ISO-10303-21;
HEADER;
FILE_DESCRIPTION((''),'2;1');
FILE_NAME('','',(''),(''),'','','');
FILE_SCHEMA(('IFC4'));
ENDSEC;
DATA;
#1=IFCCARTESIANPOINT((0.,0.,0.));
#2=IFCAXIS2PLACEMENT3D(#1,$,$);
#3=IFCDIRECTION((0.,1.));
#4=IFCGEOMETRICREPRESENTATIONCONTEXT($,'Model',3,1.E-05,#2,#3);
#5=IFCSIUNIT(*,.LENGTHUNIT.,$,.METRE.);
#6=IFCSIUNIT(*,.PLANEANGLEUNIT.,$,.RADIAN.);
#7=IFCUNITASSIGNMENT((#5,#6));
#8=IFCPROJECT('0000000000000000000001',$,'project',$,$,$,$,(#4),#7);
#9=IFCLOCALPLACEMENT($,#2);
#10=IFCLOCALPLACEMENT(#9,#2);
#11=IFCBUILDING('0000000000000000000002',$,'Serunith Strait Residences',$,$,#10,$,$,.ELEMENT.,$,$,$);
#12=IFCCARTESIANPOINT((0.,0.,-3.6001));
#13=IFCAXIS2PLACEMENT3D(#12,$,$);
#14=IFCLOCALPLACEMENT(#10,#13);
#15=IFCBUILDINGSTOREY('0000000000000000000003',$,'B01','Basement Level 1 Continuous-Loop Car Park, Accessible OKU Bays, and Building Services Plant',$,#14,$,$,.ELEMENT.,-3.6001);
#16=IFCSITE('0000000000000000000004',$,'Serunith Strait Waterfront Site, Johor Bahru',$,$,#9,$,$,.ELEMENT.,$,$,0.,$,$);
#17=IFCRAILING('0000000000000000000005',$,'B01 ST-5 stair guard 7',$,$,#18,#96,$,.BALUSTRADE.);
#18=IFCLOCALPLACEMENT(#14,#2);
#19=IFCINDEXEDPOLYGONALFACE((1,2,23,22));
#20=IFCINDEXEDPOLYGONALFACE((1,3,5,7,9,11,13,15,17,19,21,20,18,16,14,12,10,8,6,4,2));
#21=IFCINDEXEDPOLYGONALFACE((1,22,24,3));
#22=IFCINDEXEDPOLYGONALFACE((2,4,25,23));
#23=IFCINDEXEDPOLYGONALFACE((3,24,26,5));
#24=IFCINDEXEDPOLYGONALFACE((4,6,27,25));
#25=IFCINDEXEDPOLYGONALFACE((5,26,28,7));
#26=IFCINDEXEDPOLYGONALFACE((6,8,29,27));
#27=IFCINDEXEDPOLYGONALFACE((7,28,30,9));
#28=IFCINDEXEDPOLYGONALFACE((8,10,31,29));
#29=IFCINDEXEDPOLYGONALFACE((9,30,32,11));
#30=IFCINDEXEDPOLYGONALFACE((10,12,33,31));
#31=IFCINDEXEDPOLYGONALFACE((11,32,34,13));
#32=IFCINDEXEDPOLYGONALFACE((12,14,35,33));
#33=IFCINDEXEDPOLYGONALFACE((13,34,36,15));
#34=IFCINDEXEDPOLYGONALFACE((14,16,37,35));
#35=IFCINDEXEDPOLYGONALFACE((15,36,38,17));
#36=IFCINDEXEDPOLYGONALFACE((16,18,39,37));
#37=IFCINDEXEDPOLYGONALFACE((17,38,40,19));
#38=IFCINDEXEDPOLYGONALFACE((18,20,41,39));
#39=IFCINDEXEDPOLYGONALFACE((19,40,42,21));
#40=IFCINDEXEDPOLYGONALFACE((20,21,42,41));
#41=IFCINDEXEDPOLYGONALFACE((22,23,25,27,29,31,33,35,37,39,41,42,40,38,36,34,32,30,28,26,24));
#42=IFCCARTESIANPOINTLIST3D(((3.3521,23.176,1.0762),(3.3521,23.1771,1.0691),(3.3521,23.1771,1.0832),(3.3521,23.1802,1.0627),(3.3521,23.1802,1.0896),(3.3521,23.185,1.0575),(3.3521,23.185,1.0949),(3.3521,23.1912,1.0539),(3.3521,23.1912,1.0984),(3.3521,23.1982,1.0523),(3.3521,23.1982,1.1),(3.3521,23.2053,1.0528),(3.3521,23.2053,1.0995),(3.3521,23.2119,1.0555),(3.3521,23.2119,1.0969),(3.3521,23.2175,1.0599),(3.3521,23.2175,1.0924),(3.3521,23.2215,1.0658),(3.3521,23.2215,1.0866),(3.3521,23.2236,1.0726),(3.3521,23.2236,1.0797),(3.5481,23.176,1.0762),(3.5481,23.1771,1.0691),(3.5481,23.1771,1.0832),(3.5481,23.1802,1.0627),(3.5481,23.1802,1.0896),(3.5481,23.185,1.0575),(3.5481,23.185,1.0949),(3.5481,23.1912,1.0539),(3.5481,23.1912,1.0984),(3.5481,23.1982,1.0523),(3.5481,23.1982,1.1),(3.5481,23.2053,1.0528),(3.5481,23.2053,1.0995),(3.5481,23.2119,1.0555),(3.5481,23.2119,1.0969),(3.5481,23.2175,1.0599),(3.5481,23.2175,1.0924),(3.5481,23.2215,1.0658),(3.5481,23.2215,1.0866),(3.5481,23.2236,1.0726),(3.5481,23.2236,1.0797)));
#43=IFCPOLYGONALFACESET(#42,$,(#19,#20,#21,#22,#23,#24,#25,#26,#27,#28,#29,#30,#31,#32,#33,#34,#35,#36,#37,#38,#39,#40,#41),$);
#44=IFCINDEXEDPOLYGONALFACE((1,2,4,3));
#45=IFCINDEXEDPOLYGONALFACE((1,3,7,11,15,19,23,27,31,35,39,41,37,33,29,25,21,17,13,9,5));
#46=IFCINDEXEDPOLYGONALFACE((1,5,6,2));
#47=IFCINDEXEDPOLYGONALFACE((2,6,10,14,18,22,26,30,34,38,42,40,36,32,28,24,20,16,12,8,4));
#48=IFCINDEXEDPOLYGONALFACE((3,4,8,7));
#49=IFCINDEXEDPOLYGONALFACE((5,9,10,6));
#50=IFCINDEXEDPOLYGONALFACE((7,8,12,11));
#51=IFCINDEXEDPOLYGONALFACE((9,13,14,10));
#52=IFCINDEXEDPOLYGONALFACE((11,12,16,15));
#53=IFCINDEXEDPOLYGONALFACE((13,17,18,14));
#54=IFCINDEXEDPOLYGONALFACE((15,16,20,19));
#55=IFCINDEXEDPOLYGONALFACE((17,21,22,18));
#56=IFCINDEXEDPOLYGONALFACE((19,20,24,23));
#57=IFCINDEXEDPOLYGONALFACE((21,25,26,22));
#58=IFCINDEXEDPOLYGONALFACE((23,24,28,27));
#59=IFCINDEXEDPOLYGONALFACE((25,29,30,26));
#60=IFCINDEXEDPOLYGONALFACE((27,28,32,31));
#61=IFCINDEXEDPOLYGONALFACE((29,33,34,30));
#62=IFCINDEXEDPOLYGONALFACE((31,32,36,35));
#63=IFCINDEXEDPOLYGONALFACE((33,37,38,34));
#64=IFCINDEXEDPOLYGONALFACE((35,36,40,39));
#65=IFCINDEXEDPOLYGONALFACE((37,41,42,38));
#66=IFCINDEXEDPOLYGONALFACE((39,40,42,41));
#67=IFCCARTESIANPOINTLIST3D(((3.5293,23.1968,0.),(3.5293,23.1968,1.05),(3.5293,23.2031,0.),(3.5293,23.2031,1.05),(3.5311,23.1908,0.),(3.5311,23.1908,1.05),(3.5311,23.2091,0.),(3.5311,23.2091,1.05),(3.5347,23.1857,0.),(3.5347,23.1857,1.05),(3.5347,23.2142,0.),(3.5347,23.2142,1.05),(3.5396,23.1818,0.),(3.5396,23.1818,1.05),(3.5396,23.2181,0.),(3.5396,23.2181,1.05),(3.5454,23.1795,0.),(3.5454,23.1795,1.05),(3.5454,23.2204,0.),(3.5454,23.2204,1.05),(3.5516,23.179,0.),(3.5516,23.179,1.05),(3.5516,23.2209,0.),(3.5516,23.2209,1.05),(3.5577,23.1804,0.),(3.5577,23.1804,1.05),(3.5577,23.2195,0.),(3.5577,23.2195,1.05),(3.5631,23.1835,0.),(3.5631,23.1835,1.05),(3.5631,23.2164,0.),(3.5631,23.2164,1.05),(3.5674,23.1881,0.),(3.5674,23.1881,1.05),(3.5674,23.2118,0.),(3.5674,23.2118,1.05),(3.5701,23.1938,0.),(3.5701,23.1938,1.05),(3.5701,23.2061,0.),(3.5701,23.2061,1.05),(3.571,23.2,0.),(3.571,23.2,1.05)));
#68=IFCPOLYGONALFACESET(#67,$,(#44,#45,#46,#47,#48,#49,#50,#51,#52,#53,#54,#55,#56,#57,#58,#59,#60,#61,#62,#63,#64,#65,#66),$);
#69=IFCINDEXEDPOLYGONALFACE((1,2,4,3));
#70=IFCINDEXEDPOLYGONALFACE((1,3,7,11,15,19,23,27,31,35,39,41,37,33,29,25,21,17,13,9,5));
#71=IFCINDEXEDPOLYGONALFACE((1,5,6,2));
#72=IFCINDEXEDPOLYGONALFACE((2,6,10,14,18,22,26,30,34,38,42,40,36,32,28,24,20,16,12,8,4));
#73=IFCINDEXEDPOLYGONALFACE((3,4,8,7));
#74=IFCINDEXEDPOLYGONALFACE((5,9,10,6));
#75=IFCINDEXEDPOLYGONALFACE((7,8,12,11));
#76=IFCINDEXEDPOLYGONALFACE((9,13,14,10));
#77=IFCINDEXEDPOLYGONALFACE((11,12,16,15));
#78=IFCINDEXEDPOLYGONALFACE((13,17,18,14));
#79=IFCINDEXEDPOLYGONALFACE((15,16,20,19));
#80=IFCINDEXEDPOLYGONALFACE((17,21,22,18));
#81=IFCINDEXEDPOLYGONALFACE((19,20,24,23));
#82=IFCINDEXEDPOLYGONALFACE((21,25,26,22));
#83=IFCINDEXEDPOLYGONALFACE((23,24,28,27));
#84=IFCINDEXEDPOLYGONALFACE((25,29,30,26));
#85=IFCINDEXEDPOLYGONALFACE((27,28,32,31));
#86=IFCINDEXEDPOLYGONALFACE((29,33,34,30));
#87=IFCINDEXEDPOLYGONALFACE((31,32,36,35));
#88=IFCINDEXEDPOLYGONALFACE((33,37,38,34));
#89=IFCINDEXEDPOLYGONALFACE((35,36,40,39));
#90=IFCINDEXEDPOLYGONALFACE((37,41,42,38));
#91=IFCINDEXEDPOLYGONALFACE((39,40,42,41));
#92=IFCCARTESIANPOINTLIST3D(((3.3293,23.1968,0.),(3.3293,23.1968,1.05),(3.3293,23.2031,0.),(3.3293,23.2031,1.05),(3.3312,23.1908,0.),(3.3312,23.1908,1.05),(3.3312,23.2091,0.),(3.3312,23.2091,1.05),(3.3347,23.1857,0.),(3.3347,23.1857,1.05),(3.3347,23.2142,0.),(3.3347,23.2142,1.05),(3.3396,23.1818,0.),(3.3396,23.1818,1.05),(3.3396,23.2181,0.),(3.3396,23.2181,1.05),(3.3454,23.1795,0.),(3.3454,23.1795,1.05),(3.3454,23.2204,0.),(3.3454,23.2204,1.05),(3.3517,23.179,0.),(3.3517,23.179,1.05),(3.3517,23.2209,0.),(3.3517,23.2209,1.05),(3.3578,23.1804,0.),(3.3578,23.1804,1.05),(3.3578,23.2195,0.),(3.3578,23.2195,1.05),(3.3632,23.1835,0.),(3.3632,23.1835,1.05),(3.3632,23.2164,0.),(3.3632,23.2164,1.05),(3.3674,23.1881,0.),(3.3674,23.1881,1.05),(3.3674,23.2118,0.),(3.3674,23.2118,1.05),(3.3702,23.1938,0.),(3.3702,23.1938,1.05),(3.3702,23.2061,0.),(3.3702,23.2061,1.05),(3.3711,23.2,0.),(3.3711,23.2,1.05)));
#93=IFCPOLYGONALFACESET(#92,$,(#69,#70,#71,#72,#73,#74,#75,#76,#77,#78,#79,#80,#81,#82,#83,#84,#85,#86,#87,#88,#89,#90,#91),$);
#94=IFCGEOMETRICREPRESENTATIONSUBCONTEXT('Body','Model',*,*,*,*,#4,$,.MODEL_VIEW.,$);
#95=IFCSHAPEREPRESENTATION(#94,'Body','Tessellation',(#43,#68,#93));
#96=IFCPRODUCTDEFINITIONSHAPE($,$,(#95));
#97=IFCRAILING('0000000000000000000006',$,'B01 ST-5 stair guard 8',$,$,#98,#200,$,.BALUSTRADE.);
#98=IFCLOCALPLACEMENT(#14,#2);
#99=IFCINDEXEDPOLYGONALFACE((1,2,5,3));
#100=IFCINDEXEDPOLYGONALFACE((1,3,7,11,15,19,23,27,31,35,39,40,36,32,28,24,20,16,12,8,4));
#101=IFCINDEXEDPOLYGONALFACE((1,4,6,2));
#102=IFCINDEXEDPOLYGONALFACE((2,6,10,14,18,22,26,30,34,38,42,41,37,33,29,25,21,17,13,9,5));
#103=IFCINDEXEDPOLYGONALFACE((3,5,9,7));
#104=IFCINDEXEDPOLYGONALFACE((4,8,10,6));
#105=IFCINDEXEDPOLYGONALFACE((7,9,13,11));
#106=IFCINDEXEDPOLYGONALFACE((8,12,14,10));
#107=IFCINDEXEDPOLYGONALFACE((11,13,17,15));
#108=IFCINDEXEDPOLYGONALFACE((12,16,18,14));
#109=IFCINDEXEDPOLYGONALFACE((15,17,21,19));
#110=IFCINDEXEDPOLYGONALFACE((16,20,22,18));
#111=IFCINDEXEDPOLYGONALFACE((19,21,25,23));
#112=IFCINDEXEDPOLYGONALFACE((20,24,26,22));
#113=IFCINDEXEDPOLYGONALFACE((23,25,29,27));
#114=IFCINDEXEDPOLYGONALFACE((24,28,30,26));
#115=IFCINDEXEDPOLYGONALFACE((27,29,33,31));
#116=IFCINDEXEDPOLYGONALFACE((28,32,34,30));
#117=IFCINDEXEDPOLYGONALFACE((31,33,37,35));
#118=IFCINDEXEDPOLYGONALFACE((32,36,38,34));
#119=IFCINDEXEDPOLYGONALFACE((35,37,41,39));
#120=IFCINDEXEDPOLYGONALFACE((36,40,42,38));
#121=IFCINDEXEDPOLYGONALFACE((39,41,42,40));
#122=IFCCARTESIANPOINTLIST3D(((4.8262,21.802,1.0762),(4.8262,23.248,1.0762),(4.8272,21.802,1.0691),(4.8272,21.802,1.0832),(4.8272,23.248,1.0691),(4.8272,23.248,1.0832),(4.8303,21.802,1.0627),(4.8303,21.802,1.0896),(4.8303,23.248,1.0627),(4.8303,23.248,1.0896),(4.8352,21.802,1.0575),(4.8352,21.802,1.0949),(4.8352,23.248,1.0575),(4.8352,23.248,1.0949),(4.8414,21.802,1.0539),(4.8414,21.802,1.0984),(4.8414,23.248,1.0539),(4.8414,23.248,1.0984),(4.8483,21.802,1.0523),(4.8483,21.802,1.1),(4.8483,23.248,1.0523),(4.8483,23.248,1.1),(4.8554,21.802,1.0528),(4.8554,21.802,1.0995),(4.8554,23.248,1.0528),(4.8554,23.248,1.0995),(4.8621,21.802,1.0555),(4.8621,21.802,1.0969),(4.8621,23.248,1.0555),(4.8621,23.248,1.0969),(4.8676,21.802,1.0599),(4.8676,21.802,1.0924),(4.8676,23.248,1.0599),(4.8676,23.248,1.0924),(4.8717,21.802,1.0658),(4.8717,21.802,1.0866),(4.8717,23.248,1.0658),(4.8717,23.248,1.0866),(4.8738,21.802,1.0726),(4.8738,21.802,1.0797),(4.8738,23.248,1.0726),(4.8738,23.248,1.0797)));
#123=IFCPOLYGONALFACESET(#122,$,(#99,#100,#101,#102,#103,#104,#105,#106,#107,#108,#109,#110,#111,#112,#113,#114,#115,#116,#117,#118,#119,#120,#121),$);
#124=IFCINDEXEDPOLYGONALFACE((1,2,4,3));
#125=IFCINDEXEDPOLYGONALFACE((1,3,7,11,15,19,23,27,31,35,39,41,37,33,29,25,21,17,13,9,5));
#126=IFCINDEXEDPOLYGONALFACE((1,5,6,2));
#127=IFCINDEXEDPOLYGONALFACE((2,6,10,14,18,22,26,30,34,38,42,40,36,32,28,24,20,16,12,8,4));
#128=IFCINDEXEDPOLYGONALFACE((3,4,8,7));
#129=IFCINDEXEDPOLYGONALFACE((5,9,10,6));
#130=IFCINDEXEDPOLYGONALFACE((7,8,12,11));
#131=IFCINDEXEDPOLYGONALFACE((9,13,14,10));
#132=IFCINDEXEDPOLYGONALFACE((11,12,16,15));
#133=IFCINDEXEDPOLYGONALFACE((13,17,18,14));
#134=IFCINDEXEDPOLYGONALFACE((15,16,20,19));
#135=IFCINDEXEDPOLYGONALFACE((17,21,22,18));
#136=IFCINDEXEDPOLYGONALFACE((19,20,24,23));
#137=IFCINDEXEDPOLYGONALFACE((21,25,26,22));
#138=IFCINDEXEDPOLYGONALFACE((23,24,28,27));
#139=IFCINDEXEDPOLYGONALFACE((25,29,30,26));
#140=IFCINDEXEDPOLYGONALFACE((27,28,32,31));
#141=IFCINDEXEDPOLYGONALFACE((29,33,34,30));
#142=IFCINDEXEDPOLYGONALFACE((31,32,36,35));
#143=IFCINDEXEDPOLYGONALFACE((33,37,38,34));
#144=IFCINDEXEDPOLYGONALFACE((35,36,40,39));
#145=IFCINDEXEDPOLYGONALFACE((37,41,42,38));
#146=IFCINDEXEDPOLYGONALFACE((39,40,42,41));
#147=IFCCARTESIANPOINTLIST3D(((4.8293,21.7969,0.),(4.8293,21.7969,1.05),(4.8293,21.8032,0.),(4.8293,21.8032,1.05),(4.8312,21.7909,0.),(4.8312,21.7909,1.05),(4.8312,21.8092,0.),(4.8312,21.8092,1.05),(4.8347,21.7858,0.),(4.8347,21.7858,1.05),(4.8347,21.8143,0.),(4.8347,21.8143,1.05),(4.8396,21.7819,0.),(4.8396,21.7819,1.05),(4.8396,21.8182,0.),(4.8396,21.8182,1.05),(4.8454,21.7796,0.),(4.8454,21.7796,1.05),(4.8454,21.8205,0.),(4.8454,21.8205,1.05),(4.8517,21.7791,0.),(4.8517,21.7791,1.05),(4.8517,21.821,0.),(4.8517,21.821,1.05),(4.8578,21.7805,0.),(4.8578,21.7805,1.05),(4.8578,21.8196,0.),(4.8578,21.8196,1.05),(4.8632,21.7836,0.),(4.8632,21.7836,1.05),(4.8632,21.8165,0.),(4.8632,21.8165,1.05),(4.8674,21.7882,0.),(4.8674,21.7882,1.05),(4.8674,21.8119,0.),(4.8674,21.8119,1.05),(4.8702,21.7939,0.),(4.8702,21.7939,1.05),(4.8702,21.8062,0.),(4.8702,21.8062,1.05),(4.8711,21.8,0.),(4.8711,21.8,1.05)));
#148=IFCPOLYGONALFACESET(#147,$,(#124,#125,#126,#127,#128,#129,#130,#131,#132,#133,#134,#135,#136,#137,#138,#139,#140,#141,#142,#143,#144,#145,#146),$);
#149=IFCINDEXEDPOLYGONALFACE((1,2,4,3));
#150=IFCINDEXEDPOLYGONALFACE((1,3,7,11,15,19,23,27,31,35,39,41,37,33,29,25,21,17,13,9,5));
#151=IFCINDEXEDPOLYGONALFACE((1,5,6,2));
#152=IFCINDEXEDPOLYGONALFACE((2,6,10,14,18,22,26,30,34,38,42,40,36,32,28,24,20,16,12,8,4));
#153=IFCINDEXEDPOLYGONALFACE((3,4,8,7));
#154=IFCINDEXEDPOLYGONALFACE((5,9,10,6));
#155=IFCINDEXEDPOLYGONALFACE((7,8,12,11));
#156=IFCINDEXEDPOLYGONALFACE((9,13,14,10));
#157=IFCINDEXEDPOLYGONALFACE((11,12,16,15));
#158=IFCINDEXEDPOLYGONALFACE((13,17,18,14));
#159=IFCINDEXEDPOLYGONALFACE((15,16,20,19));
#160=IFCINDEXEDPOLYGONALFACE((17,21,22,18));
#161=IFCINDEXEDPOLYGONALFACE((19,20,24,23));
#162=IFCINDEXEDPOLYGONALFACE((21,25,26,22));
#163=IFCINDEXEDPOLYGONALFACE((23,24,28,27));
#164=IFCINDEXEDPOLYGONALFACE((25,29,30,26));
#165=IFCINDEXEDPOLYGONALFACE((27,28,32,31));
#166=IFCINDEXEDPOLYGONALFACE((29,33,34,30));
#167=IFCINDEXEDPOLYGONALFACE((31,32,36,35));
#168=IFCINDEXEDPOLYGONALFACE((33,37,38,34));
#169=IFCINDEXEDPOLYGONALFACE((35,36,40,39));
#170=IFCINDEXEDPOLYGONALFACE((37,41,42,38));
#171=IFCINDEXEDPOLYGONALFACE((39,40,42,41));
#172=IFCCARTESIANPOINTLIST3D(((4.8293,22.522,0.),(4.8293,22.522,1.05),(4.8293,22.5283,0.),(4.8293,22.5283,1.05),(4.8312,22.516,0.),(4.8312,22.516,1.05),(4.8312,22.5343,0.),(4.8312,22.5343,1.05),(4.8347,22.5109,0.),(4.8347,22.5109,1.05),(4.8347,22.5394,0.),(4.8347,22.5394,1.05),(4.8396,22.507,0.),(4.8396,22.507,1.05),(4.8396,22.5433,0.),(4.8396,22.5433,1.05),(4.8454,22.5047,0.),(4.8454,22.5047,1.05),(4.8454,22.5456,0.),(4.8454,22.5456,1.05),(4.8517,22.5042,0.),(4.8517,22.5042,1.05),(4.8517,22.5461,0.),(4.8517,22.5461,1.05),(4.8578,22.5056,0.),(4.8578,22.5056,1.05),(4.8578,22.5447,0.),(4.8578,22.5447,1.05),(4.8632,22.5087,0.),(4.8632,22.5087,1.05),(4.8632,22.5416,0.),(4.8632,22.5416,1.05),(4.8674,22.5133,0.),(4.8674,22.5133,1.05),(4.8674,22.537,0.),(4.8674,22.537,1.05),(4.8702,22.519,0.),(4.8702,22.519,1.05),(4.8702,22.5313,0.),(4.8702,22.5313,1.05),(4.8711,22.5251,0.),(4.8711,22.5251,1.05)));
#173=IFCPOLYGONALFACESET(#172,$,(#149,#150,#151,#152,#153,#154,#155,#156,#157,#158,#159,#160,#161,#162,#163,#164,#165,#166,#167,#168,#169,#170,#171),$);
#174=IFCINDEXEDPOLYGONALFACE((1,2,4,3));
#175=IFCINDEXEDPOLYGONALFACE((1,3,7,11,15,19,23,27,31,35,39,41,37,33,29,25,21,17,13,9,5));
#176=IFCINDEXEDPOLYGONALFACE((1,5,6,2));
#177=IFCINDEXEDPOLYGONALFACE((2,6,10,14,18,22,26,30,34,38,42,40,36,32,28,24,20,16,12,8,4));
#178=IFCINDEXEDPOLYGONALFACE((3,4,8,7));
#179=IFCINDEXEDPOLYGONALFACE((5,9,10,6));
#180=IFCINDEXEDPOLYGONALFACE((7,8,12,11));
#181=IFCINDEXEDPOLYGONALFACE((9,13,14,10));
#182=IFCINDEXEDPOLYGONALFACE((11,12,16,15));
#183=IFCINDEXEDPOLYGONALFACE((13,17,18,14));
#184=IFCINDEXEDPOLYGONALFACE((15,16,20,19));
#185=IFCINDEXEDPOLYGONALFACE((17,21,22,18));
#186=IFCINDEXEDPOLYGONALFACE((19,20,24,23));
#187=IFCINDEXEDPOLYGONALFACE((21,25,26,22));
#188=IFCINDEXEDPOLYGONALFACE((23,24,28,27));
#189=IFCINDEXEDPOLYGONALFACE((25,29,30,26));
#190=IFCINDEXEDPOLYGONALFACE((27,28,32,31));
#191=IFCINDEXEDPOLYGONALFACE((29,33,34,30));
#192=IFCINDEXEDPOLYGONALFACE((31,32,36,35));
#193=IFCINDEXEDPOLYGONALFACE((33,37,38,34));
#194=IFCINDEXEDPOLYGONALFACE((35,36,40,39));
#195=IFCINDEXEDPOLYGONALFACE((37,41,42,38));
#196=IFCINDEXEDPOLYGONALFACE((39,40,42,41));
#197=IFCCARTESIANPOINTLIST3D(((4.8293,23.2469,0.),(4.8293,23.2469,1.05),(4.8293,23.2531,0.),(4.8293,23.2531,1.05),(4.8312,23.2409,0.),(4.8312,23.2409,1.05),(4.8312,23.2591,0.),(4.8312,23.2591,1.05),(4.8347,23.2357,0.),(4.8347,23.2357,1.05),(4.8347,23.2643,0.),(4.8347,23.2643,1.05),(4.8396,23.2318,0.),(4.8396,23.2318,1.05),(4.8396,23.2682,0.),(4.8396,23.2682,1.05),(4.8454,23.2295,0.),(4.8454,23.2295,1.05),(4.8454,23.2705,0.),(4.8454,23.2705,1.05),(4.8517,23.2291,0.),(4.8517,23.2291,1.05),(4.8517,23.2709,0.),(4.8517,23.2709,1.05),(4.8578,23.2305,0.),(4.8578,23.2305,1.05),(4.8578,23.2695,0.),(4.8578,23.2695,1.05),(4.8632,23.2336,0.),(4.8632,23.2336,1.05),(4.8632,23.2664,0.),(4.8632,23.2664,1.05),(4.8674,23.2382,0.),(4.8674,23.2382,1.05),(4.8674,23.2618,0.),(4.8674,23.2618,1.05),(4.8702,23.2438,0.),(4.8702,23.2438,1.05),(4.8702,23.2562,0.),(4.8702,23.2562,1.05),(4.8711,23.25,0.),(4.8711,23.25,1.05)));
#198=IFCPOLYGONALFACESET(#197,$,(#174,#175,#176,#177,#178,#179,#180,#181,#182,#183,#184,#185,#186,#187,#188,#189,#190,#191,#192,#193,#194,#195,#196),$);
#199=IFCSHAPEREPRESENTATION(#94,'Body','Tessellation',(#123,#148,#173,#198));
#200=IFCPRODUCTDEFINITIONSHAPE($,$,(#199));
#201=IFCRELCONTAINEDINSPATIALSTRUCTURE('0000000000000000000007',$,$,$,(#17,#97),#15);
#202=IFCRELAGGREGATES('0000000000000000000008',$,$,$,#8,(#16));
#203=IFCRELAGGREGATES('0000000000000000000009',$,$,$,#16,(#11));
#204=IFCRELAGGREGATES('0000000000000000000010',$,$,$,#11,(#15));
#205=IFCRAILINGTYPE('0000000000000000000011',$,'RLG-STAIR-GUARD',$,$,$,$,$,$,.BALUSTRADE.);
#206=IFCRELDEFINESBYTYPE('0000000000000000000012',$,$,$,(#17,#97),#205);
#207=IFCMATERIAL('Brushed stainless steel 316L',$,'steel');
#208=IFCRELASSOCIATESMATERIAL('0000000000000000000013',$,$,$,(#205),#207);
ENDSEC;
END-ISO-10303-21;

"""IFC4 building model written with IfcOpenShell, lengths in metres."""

from ifc_helpers import new_model, si_unit, direction, frame, origin, origin_2d, place, context, subcontext, project, spatial, circle, extrude, material, type_object, element, save


model = new_model("IFC4")

# Units and contexts
model_context = context("Model", 3, precision=1e-05, world=origin(), true_north=direction((0.0, 1.0)))
body_context = subcontext(model_context, "Body", "Model", "MODEL_VIEW")
ifc_project = project(units=[si_unit("LENGTHUNIT", "METRE"), si_unit("PLANEANGLEUNIT", "RADIAN")], contexts=[model_context])

# Site, building, storey
site_placement = place(None, origin())
site = spatial("IfcSite", under=ifc_project, at=site_placement, Name="Serunith Strait Waterfront Site, Johor Bahru", CompositionType="ELEMENT", RefElevation=0.0)
building_placement = place(site_placement, origin())
building = spatial("IfcBuilding", under=site, at=building_placement, Name="Serunith Strait Residences", CompositionType="ELEMENT")
storey_placement = place(building_placement, frame((0.0, 0.0, -3.6001)))
storey = spatial("IfcBuildingStorey", under=building, at=storey_placement, Name="B01", Description="Basement Level 1 Continuous-Loop Car Park, Accessible OKU Bays, and Building Services Plant", CompositionType="ELEMENT", Elevation=-3.6001)

# Railings
ifc_material_1 = material(Name="Brushed stainless steel 316L", Category="steel")
railing_type_1 = type_object("IfcRailingType", Name="RLG-STAIR-GUARD", PredefinedType="BALUSTRADE", material=ifc_material_1)
railing_1_placement = place(storey_placement, frame((3.55, 23.2, 0.0)))
element("IfcRailing", 1, at=railing_1_placement, inside=storey, type_object=railing_type_1, Name="B01 ST-5 stair guard 7", PredefinedType="BALUSTRADE", context=body_context, shape_type="SweptSolid", body=[
    extrude(circle(Radius=0.0239, at=origin_2d()), frame((-0.002, 0.0, 1.0762), z_axis=(-1.0, 0.0, 0.0), x_axis=(0.0, -1.0, 0.0)), (0.0, 0.0, 1.0), 0.196),
    extrude(circle(Radius=0.021, at=origin_2d()), origin(), (0.0, 0.0, 1.0), 1.05),
    extrude(circle(Radius=0.021, at=origin_2d()), frame((-0.2, 0.0, 0.0)), (0.0, 0.0, 1.0), 1.05),
])
for number, where, name in (
    (2, (4.8501, 21.8, 0.0), "B01 ST-5 stair guard 8"),
):
    element("IfcRailing", number, at=place(storey_placement, frame(where)), inside=storey, type_object=railing_type_1, Name=name, PredefinedType="BALUSTRADE", context=body_context, shape_type="SweptSolid", body=[
        extrude(circle(Radius=0.0239, at=origin_2d()), frame((0.0, 0.002, 1.0762), z_axis=(0.0, 1.0, 0.0), x_axis=(-1.0, 0.0, 0.0)), (0.0, 0.0, 1.0), 1.446),
        extrude(circle(Radius=0.021, at=origin_2d()), origin(), (0.0, 0.0, 1.0), 1.05),
        extrude(circle(Radius=0.021, at=origin_2d()), frame((0.0, 0.7251, 0.0)), (0.0, 0.0, 1.0), 1.05),
        extrude(circle(Radius=0.021, at=origin_2d()), frame((0.0, 1.45, 0.0)), (0.0, 0.0, 1.0), 1.05),
    ])

save(model, "model.ifc")
